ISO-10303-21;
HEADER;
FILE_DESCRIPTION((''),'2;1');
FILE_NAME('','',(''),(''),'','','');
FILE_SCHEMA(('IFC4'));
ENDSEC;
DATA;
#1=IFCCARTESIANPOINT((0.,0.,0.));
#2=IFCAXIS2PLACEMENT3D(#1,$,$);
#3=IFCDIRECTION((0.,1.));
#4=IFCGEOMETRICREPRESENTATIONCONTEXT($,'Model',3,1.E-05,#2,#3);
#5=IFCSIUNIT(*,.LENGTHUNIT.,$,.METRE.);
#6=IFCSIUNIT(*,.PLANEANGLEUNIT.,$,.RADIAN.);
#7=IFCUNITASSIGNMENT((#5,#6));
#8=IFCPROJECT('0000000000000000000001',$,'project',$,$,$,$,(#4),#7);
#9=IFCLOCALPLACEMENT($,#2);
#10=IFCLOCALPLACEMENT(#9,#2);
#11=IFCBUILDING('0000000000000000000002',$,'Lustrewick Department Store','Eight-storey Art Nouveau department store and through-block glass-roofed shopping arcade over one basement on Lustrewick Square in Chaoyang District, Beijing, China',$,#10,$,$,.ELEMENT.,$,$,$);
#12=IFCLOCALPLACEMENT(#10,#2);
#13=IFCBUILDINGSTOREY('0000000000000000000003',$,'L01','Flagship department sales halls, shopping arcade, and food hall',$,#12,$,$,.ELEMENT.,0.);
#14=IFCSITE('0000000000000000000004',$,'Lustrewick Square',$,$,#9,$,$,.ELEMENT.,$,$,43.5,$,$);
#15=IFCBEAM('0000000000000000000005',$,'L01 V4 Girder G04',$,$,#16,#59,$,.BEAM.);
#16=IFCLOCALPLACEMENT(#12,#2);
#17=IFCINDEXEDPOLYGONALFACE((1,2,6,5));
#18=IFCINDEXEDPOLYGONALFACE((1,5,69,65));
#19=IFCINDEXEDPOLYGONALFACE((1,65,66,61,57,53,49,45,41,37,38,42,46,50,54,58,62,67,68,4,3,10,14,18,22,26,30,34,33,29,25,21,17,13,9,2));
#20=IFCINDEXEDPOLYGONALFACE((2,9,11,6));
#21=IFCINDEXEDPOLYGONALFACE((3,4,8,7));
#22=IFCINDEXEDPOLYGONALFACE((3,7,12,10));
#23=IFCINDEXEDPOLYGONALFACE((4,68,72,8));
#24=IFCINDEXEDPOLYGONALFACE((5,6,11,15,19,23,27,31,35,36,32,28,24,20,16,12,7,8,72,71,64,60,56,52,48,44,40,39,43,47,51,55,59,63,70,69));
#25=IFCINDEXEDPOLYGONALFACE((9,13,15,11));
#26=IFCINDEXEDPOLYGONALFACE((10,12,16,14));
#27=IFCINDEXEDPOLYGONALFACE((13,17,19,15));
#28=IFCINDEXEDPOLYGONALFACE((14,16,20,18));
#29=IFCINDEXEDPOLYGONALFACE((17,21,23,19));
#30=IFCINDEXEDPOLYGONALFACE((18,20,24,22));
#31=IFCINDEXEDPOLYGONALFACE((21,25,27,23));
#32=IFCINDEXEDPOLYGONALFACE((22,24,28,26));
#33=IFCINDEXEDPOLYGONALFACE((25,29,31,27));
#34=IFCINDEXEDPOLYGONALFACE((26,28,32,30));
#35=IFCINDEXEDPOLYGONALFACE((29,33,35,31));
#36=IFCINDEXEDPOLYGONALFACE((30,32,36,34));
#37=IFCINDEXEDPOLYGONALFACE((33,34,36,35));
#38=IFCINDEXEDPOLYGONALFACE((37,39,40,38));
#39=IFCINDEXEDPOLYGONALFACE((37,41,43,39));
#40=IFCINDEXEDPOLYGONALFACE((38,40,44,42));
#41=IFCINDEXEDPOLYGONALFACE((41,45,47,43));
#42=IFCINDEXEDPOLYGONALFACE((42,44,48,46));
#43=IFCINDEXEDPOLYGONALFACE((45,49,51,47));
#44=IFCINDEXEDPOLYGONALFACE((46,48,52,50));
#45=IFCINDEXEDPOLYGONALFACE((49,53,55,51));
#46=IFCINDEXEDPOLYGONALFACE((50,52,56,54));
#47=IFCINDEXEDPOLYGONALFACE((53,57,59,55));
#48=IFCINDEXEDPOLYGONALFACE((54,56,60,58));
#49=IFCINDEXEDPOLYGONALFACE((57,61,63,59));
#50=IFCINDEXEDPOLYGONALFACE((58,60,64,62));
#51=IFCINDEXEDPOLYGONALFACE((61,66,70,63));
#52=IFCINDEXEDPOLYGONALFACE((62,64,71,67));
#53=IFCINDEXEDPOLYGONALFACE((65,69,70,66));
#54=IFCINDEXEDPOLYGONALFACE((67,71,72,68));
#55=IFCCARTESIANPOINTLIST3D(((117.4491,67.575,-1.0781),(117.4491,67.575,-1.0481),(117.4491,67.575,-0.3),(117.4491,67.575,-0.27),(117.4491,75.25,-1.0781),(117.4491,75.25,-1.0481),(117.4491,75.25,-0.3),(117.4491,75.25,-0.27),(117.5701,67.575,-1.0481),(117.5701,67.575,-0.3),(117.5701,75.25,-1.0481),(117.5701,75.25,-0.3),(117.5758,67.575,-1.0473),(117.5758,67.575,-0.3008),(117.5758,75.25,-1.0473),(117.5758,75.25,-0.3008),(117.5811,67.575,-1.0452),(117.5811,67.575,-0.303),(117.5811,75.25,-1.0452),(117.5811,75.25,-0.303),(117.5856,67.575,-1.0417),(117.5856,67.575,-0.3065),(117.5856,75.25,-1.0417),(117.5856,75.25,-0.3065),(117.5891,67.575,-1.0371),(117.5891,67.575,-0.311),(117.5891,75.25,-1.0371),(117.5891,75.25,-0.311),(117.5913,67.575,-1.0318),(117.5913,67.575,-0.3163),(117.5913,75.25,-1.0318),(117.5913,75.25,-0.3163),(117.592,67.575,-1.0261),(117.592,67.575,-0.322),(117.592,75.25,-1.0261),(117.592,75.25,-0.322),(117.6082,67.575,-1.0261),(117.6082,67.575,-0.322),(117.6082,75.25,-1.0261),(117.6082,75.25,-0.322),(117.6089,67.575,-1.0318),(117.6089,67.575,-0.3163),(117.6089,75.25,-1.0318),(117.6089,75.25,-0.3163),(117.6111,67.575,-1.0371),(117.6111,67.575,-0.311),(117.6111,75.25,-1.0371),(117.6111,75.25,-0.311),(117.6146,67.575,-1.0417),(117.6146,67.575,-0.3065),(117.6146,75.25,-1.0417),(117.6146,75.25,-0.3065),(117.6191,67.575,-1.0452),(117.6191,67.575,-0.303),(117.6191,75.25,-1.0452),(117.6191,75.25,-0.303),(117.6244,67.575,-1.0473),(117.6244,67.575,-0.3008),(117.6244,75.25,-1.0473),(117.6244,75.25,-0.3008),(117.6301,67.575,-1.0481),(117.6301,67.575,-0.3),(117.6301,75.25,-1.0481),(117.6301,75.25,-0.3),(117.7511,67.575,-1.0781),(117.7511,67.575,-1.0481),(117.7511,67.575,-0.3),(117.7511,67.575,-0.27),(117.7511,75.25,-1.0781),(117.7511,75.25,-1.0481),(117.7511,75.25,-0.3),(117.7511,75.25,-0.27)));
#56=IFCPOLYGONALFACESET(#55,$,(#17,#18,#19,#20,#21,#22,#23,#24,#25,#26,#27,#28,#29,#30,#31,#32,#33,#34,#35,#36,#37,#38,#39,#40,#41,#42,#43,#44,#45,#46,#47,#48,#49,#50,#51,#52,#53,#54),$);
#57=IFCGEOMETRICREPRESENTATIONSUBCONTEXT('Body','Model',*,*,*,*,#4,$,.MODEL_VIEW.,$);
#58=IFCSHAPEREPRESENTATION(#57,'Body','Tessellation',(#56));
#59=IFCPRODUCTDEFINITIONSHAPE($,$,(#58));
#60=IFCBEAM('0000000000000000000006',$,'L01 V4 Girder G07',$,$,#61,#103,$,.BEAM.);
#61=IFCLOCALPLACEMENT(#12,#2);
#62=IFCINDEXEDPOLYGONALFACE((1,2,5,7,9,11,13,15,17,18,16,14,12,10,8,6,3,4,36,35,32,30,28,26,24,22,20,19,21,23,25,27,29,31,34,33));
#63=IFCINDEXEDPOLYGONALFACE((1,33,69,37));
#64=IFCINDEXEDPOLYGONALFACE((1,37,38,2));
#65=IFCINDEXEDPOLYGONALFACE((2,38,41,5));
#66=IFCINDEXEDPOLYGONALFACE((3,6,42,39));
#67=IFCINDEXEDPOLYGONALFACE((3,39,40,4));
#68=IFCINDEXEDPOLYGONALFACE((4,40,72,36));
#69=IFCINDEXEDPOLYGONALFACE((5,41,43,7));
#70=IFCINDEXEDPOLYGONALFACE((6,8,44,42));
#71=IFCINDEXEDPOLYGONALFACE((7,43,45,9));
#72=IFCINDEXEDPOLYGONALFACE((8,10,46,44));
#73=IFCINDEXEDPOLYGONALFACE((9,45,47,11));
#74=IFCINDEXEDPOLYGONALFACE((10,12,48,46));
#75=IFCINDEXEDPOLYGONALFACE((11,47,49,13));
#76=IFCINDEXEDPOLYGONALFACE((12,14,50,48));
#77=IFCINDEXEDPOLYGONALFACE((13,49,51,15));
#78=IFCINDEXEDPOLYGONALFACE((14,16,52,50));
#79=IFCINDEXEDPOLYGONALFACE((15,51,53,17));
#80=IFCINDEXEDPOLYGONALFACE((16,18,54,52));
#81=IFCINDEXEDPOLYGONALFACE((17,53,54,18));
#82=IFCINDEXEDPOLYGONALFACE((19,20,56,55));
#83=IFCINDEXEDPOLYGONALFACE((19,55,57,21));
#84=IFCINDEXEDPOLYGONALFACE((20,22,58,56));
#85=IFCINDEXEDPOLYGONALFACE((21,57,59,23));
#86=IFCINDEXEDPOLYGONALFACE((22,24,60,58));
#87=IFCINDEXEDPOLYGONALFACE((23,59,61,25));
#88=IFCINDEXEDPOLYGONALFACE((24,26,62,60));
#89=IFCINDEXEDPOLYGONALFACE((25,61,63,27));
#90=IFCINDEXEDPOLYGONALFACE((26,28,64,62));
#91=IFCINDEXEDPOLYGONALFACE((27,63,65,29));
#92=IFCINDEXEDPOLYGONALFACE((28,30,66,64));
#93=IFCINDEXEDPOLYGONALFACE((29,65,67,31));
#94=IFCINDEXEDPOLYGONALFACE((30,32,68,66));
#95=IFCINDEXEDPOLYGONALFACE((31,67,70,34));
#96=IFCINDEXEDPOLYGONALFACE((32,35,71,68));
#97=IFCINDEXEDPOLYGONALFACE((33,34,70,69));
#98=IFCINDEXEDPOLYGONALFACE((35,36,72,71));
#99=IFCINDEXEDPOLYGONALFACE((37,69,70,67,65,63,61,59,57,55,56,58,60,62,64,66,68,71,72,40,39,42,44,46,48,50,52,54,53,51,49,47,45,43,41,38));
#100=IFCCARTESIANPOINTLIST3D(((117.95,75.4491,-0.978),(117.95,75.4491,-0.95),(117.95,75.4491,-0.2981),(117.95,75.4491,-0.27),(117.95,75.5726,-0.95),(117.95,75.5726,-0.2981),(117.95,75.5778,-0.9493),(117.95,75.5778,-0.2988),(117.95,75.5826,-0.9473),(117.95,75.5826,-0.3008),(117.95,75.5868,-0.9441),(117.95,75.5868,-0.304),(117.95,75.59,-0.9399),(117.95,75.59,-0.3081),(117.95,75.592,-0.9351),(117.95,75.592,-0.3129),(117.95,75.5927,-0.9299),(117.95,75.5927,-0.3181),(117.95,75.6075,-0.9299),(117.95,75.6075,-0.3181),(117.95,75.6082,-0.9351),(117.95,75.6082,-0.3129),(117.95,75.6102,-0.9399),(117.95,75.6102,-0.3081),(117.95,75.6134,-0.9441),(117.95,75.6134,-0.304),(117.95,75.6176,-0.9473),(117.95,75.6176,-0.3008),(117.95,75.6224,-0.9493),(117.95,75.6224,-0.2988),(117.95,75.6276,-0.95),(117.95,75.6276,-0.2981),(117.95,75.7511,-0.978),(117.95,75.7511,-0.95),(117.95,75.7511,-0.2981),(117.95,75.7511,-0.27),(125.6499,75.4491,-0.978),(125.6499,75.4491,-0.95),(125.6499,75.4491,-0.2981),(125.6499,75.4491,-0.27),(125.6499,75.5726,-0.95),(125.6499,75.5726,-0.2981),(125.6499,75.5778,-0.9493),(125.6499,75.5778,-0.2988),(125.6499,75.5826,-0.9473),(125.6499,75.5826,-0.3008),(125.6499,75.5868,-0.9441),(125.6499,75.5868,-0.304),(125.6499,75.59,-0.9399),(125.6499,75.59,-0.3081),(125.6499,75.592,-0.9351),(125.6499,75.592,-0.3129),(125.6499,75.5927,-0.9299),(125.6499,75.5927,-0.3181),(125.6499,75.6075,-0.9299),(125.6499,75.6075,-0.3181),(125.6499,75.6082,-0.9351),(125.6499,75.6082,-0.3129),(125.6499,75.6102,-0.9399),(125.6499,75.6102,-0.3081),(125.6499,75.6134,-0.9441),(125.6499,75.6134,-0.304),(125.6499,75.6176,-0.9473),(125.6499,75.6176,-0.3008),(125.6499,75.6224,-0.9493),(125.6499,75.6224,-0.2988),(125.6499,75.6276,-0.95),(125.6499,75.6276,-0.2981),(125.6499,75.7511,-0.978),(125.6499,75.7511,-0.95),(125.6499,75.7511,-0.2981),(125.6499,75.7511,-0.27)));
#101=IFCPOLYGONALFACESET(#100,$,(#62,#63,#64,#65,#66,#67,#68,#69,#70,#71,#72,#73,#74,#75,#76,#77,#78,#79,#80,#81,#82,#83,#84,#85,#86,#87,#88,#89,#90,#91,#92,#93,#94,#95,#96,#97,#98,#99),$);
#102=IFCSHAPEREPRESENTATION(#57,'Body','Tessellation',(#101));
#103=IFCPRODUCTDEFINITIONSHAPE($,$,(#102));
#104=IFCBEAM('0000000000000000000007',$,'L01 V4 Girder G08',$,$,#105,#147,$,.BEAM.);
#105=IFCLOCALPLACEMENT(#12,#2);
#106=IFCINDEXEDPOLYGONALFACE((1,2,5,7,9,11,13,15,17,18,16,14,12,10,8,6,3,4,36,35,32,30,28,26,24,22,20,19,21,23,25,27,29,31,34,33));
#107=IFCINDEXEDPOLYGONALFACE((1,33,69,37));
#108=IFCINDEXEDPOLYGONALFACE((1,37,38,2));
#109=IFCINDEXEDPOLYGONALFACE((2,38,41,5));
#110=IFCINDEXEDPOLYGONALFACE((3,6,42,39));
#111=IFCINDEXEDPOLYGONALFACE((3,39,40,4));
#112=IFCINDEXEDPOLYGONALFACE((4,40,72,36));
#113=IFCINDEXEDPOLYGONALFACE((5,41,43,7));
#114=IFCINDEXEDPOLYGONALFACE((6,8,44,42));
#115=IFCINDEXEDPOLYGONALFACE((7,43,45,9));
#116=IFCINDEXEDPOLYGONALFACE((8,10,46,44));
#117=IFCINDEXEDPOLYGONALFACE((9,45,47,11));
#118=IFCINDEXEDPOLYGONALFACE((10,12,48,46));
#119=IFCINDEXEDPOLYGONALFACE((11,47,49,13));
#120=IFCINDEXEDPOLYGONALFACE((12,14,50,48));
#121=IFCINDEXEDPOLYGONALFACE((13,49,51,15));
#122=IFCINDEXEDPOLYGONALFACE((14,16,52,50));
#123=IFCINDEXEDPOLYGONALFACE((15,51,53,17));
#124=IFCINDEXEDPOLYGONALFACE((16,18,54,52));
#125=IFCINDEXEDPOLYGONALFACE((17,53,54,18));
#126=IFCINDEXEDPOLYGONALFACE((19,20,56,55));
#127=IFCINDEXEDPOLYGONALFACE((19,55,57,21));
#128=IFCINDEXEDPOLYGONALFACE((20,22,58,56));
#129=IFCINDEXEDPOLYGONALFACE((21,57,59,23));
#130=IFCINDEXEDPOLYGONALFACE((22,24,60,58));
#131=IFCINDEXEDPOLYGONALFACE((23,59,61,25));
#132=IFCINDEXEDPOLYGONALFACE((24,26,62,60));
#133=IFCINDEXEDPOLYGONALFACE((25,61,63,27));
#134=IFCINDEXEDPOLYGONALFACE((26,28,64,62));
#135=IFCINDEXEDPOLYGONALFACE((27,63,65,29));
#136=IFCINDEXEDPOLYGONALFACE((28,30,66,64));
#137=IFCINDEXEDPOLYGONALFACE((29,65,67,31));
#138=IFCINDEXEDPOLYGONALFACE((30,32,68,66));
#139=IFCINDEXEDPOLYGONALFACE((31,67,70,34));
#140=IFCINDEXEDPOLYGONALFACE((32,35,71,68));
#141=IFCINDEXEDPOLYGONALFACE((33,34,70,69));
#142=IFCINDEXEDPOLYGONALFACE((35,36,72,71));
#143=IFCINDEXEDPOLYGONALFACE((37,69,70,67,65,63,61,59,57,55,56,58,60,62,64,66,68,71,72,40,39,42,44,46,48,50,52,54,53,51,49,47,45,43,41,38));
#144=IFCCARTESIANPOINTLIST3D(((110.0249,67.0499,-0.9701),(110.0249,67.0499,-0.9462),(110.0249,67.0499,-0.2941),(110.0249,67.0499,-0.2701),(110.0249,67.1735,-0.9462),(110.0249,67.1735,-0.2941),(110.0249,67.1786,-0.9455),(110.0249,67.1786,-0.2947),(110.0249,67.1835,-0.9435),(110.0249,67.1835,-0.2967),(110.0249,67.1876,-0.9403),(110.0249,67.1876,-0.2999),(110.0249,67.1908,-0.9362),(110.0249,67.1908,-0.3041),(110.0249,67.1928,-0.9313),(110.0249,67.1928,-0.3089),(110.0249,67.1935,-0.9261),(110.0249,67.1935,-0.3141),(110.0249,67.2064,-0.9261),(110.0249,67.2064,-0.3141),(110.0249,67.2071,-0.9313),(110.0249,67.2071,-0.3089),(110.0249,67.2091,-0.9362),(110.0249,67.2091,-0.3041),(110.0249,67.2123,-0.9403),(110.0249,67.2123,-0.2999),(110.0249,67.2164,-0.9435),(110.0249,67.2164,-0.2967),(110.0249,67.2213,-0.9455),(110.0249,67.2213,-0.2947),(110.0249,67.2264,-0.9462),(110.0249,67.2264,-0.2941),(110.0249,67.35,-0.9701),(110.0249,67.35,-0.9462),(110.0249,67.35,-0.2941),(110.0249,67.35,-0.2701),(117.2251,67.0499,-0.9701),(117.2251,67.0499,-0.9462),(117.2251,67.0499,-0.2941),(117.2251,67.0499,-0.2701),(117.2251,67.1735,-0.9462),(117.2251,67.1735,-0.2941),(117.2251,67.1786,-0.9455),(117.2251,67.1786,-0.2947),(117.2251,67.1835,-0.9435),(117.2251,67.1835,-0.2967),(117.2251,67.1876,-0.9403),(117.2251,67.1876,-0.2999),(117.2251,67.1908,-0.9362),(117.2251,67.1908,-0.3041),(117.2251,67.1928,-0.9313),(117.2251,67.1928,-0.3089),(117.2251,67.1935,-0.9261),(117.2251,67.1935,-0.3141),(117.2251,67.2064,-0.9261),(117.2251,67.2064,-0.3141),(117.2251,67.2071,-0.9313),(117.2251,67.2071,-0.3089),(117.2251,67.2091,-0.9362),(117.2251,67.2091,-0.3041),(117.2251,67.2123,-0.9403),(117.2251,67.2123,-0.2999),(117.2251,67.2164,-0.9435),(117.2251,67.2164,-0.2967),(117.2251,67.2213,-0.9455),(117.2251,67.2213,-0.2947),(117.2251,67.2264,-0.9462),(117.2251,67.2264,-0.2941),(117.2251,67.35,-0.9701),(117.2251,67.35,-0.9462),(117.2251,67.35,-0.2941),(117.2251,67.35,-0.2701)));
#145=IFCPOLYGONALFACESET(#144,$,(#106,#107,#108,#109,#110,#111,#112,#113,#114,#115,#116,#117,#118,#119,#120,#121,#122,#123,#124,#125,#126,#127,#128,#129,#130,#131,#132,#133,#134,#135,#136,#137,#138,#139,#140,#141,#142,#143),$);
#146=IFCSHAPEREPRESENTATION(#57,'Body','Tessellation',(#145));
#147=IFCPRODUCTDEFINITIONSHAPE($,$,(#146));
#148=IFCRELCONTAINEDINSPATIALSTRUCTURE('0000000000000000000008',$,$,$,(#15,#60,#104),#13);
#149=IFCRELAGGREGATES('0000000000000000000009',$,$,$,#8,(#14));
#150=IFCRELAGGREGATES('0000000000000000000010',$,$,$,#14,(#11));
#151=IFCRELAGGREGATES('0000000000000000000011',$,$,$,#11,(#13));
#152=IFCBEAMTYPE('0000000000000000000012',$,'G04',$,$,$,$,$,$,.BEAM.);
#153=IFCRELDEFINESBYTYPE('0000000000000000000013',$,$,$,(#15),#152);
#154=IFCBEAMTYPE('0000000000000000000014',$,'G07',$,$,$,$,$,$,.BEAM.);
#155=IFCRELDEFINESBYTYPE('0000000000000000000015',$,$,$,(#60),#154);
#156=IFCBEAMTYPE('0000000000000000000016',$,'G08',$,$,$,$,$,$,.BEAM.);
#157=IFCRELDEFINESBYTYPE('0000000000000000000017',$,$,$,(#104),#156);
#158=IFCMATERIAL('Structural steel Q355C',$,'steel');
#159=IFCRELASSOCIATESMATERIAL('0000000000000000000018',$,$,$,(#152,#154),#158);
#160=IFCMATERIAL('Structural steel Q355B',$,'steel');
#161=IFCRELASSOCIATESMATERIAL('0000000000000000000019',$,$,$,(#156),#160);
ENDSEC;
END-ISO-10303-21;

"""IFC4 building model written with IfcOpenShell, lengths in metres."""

from ifc_helpers import new_model, si_unit, direction, frame, origin, origin_2d, place, context, subcontext, project, spatial, i_section, extrude, material, material_profile, profile_set, type_object, element, save


model = new_model("IFC4")

# Units and contexts
model_context = context("Model", 3, precision=1e-05, world=origin(), true_north=direction((0.0, 1.0)))
body_context = subcontext(model_context, "Body", "Model", "MODEL_VIEW")
ifc_project = project(units=[si_unit("LENGTHUNIT", "METRE"), si_unit("PLANEANGLEUNIT", "RADIAN")], contexts=[model_context])

# Site, building, storey
site_placement = place(None, origin())
site = spatial("IfcSite", under=ifc_project, at=site_placement, Name="Lustrewick Square", CompositionType="ELEMENT", RefElevation=43.5)
building_placement = place(site_placement, origin())
building = spatial("IfcBuilding", under=site, at=building_placement, Name="Lustrewick Department Store", Description="Eight-storey Art Nouveau department store and through-block glass-roofed shopping arcade over one basement on Lustrewick Square in Chaoyang District, Beijing, China", CompositionType="ELEMENT")
storey_placement = place(building_placement, origin())
storey = spatial("IfcBuildingStorey", under=building, at=storey_placement, Name="L01", Description="Flagship department sales halls, shopping arcade, and food hall", CompositionType="ELEMENT", Elevation=0.0)

# Shared definitions
ifc_material_1 = material(Name="Structural steel Q355B", Category="steel")
ifc_material_2 = material(Name="Structural steel Q355C", Category="steel")

# Beams
ifc_material_profile_1 = material_profile(ifc_material_2, i_section(OverallWidth=0.302, OverallDepth=0.8081, WebThickness=0.0161, FlangeThickness=0.03, FilletRadius=0.022, at=origin_2d()), Name="HN 808x302x16x30")
ifc_profile_set_1 = profile_set([ifc_material_profile_1], Name="Structural steel Q355C")
beam_type_1 = type_object("IfcBeamType", Name="G04", PredefinedType="BEAM", material=ifc_profile_set_1)
beam_1_placement = place(storey_placement, frame((117.6001, 67.575, -0.6741), z_axis=(0.0, 1.0, 0.0), x_axis=(-1.0, 0.0, 0.0)))
element("IfcBeam", 1, at=beam_1_placement, inside=storey, type_object=beam_type_1, Name="L01 V4 Girder G04", PredefinedType="BEAM", context=body_context, shape_type="SweptSolid", body=[
    extrude(i_section(OverallWidth=0.302, OverallDepth=0.8081, WebThickness=0.0161, FlangeThickness=0.03, FilletRadius=0.022, at=origin_2d()), origin(), (0.0, 0.0, 1.0), 7.675),
])
ifc_material_profile_2 = material_profile(ifc_material_2, i_section(OverallWidth=0.302, OverallDepth=0.708, WebThickness=0.0149, FlangeThickness=0.0281, FilletRadius=0.02, at=origin_2d()), Name="HN 708x302x15x28")
ifc_profile_set_2 = profile_set([ifc_material_profile_2], Name="Structural steel Q355C")
beam_type_2 = type_object("IfcBeamType", Name="G07", PredefinedType="BEAM", material=ifc_profile_set_2)
beam_2_placement = place(storey_placement, frame((117.95, 75.6001, -0.624), z_axis=(1.0, 0.0, 0.0), x_axis=(0.0, 1.0, 0.0)))
element("IfcBeam", 2, at=beam_2_placement, inside=storey, type_object=beam_type_2, Name="L01 V4 Girder G07", PredefinedType="BEAM", context=body_context, shape_type="SweptSolid", body=[
    extrude(i_section(OverallWidth=0.302, OverallDepth=0.708, WebThickness=0.0149, FlangeThickness=0.0281, FilletRadius=0.02, at=origin_2d()), origin(), (0.0, 0.0, 1.0), 7.7),
])
ifc_material_profile_3 = material_profile(ifc_material_1, i_section(OverallWidth=0.3, OverallDepth=0.7, WebThickness=0.0129, FlangeThickness=0.0239, FilletRadius=0.02, at=origin_2d()), Name="HN 700x300x13x24")
ifc_profile_set_3 = profile_set([ifc_material_profile_3], Name="Structural steel Q355B")
beam_type_3 = type_object("IfcBeamType", Name="G08", PredefinedType="BEAM", material=ifc_profile_set_3)
beam_3_placement = place(storey_placement, frame((110.0249, 67.2, -0.6201), z_axis=(1.0, 0.0, 0.0), x_axis=(0.0, 1.0, 0.0)))
element("IfcBeam", 3, at=beam_3_placement, inside=storey, type_object=beam_type_3, Name="L01 V4 Girder G08", PredefinedType="BEAM", context=body_context, shape_type="SweptSolid", body=[
    extrude(i_section(OverallWidth=0.3, OverallDepth=0.7, WebThickness=0.0129, FlangeThickness=0.0239, FilletRadius=0.02, at=origin_2d()), origin(), (0.0, 0.0, 1.0), 7.2002),
])

save(model, "model.ifc")
